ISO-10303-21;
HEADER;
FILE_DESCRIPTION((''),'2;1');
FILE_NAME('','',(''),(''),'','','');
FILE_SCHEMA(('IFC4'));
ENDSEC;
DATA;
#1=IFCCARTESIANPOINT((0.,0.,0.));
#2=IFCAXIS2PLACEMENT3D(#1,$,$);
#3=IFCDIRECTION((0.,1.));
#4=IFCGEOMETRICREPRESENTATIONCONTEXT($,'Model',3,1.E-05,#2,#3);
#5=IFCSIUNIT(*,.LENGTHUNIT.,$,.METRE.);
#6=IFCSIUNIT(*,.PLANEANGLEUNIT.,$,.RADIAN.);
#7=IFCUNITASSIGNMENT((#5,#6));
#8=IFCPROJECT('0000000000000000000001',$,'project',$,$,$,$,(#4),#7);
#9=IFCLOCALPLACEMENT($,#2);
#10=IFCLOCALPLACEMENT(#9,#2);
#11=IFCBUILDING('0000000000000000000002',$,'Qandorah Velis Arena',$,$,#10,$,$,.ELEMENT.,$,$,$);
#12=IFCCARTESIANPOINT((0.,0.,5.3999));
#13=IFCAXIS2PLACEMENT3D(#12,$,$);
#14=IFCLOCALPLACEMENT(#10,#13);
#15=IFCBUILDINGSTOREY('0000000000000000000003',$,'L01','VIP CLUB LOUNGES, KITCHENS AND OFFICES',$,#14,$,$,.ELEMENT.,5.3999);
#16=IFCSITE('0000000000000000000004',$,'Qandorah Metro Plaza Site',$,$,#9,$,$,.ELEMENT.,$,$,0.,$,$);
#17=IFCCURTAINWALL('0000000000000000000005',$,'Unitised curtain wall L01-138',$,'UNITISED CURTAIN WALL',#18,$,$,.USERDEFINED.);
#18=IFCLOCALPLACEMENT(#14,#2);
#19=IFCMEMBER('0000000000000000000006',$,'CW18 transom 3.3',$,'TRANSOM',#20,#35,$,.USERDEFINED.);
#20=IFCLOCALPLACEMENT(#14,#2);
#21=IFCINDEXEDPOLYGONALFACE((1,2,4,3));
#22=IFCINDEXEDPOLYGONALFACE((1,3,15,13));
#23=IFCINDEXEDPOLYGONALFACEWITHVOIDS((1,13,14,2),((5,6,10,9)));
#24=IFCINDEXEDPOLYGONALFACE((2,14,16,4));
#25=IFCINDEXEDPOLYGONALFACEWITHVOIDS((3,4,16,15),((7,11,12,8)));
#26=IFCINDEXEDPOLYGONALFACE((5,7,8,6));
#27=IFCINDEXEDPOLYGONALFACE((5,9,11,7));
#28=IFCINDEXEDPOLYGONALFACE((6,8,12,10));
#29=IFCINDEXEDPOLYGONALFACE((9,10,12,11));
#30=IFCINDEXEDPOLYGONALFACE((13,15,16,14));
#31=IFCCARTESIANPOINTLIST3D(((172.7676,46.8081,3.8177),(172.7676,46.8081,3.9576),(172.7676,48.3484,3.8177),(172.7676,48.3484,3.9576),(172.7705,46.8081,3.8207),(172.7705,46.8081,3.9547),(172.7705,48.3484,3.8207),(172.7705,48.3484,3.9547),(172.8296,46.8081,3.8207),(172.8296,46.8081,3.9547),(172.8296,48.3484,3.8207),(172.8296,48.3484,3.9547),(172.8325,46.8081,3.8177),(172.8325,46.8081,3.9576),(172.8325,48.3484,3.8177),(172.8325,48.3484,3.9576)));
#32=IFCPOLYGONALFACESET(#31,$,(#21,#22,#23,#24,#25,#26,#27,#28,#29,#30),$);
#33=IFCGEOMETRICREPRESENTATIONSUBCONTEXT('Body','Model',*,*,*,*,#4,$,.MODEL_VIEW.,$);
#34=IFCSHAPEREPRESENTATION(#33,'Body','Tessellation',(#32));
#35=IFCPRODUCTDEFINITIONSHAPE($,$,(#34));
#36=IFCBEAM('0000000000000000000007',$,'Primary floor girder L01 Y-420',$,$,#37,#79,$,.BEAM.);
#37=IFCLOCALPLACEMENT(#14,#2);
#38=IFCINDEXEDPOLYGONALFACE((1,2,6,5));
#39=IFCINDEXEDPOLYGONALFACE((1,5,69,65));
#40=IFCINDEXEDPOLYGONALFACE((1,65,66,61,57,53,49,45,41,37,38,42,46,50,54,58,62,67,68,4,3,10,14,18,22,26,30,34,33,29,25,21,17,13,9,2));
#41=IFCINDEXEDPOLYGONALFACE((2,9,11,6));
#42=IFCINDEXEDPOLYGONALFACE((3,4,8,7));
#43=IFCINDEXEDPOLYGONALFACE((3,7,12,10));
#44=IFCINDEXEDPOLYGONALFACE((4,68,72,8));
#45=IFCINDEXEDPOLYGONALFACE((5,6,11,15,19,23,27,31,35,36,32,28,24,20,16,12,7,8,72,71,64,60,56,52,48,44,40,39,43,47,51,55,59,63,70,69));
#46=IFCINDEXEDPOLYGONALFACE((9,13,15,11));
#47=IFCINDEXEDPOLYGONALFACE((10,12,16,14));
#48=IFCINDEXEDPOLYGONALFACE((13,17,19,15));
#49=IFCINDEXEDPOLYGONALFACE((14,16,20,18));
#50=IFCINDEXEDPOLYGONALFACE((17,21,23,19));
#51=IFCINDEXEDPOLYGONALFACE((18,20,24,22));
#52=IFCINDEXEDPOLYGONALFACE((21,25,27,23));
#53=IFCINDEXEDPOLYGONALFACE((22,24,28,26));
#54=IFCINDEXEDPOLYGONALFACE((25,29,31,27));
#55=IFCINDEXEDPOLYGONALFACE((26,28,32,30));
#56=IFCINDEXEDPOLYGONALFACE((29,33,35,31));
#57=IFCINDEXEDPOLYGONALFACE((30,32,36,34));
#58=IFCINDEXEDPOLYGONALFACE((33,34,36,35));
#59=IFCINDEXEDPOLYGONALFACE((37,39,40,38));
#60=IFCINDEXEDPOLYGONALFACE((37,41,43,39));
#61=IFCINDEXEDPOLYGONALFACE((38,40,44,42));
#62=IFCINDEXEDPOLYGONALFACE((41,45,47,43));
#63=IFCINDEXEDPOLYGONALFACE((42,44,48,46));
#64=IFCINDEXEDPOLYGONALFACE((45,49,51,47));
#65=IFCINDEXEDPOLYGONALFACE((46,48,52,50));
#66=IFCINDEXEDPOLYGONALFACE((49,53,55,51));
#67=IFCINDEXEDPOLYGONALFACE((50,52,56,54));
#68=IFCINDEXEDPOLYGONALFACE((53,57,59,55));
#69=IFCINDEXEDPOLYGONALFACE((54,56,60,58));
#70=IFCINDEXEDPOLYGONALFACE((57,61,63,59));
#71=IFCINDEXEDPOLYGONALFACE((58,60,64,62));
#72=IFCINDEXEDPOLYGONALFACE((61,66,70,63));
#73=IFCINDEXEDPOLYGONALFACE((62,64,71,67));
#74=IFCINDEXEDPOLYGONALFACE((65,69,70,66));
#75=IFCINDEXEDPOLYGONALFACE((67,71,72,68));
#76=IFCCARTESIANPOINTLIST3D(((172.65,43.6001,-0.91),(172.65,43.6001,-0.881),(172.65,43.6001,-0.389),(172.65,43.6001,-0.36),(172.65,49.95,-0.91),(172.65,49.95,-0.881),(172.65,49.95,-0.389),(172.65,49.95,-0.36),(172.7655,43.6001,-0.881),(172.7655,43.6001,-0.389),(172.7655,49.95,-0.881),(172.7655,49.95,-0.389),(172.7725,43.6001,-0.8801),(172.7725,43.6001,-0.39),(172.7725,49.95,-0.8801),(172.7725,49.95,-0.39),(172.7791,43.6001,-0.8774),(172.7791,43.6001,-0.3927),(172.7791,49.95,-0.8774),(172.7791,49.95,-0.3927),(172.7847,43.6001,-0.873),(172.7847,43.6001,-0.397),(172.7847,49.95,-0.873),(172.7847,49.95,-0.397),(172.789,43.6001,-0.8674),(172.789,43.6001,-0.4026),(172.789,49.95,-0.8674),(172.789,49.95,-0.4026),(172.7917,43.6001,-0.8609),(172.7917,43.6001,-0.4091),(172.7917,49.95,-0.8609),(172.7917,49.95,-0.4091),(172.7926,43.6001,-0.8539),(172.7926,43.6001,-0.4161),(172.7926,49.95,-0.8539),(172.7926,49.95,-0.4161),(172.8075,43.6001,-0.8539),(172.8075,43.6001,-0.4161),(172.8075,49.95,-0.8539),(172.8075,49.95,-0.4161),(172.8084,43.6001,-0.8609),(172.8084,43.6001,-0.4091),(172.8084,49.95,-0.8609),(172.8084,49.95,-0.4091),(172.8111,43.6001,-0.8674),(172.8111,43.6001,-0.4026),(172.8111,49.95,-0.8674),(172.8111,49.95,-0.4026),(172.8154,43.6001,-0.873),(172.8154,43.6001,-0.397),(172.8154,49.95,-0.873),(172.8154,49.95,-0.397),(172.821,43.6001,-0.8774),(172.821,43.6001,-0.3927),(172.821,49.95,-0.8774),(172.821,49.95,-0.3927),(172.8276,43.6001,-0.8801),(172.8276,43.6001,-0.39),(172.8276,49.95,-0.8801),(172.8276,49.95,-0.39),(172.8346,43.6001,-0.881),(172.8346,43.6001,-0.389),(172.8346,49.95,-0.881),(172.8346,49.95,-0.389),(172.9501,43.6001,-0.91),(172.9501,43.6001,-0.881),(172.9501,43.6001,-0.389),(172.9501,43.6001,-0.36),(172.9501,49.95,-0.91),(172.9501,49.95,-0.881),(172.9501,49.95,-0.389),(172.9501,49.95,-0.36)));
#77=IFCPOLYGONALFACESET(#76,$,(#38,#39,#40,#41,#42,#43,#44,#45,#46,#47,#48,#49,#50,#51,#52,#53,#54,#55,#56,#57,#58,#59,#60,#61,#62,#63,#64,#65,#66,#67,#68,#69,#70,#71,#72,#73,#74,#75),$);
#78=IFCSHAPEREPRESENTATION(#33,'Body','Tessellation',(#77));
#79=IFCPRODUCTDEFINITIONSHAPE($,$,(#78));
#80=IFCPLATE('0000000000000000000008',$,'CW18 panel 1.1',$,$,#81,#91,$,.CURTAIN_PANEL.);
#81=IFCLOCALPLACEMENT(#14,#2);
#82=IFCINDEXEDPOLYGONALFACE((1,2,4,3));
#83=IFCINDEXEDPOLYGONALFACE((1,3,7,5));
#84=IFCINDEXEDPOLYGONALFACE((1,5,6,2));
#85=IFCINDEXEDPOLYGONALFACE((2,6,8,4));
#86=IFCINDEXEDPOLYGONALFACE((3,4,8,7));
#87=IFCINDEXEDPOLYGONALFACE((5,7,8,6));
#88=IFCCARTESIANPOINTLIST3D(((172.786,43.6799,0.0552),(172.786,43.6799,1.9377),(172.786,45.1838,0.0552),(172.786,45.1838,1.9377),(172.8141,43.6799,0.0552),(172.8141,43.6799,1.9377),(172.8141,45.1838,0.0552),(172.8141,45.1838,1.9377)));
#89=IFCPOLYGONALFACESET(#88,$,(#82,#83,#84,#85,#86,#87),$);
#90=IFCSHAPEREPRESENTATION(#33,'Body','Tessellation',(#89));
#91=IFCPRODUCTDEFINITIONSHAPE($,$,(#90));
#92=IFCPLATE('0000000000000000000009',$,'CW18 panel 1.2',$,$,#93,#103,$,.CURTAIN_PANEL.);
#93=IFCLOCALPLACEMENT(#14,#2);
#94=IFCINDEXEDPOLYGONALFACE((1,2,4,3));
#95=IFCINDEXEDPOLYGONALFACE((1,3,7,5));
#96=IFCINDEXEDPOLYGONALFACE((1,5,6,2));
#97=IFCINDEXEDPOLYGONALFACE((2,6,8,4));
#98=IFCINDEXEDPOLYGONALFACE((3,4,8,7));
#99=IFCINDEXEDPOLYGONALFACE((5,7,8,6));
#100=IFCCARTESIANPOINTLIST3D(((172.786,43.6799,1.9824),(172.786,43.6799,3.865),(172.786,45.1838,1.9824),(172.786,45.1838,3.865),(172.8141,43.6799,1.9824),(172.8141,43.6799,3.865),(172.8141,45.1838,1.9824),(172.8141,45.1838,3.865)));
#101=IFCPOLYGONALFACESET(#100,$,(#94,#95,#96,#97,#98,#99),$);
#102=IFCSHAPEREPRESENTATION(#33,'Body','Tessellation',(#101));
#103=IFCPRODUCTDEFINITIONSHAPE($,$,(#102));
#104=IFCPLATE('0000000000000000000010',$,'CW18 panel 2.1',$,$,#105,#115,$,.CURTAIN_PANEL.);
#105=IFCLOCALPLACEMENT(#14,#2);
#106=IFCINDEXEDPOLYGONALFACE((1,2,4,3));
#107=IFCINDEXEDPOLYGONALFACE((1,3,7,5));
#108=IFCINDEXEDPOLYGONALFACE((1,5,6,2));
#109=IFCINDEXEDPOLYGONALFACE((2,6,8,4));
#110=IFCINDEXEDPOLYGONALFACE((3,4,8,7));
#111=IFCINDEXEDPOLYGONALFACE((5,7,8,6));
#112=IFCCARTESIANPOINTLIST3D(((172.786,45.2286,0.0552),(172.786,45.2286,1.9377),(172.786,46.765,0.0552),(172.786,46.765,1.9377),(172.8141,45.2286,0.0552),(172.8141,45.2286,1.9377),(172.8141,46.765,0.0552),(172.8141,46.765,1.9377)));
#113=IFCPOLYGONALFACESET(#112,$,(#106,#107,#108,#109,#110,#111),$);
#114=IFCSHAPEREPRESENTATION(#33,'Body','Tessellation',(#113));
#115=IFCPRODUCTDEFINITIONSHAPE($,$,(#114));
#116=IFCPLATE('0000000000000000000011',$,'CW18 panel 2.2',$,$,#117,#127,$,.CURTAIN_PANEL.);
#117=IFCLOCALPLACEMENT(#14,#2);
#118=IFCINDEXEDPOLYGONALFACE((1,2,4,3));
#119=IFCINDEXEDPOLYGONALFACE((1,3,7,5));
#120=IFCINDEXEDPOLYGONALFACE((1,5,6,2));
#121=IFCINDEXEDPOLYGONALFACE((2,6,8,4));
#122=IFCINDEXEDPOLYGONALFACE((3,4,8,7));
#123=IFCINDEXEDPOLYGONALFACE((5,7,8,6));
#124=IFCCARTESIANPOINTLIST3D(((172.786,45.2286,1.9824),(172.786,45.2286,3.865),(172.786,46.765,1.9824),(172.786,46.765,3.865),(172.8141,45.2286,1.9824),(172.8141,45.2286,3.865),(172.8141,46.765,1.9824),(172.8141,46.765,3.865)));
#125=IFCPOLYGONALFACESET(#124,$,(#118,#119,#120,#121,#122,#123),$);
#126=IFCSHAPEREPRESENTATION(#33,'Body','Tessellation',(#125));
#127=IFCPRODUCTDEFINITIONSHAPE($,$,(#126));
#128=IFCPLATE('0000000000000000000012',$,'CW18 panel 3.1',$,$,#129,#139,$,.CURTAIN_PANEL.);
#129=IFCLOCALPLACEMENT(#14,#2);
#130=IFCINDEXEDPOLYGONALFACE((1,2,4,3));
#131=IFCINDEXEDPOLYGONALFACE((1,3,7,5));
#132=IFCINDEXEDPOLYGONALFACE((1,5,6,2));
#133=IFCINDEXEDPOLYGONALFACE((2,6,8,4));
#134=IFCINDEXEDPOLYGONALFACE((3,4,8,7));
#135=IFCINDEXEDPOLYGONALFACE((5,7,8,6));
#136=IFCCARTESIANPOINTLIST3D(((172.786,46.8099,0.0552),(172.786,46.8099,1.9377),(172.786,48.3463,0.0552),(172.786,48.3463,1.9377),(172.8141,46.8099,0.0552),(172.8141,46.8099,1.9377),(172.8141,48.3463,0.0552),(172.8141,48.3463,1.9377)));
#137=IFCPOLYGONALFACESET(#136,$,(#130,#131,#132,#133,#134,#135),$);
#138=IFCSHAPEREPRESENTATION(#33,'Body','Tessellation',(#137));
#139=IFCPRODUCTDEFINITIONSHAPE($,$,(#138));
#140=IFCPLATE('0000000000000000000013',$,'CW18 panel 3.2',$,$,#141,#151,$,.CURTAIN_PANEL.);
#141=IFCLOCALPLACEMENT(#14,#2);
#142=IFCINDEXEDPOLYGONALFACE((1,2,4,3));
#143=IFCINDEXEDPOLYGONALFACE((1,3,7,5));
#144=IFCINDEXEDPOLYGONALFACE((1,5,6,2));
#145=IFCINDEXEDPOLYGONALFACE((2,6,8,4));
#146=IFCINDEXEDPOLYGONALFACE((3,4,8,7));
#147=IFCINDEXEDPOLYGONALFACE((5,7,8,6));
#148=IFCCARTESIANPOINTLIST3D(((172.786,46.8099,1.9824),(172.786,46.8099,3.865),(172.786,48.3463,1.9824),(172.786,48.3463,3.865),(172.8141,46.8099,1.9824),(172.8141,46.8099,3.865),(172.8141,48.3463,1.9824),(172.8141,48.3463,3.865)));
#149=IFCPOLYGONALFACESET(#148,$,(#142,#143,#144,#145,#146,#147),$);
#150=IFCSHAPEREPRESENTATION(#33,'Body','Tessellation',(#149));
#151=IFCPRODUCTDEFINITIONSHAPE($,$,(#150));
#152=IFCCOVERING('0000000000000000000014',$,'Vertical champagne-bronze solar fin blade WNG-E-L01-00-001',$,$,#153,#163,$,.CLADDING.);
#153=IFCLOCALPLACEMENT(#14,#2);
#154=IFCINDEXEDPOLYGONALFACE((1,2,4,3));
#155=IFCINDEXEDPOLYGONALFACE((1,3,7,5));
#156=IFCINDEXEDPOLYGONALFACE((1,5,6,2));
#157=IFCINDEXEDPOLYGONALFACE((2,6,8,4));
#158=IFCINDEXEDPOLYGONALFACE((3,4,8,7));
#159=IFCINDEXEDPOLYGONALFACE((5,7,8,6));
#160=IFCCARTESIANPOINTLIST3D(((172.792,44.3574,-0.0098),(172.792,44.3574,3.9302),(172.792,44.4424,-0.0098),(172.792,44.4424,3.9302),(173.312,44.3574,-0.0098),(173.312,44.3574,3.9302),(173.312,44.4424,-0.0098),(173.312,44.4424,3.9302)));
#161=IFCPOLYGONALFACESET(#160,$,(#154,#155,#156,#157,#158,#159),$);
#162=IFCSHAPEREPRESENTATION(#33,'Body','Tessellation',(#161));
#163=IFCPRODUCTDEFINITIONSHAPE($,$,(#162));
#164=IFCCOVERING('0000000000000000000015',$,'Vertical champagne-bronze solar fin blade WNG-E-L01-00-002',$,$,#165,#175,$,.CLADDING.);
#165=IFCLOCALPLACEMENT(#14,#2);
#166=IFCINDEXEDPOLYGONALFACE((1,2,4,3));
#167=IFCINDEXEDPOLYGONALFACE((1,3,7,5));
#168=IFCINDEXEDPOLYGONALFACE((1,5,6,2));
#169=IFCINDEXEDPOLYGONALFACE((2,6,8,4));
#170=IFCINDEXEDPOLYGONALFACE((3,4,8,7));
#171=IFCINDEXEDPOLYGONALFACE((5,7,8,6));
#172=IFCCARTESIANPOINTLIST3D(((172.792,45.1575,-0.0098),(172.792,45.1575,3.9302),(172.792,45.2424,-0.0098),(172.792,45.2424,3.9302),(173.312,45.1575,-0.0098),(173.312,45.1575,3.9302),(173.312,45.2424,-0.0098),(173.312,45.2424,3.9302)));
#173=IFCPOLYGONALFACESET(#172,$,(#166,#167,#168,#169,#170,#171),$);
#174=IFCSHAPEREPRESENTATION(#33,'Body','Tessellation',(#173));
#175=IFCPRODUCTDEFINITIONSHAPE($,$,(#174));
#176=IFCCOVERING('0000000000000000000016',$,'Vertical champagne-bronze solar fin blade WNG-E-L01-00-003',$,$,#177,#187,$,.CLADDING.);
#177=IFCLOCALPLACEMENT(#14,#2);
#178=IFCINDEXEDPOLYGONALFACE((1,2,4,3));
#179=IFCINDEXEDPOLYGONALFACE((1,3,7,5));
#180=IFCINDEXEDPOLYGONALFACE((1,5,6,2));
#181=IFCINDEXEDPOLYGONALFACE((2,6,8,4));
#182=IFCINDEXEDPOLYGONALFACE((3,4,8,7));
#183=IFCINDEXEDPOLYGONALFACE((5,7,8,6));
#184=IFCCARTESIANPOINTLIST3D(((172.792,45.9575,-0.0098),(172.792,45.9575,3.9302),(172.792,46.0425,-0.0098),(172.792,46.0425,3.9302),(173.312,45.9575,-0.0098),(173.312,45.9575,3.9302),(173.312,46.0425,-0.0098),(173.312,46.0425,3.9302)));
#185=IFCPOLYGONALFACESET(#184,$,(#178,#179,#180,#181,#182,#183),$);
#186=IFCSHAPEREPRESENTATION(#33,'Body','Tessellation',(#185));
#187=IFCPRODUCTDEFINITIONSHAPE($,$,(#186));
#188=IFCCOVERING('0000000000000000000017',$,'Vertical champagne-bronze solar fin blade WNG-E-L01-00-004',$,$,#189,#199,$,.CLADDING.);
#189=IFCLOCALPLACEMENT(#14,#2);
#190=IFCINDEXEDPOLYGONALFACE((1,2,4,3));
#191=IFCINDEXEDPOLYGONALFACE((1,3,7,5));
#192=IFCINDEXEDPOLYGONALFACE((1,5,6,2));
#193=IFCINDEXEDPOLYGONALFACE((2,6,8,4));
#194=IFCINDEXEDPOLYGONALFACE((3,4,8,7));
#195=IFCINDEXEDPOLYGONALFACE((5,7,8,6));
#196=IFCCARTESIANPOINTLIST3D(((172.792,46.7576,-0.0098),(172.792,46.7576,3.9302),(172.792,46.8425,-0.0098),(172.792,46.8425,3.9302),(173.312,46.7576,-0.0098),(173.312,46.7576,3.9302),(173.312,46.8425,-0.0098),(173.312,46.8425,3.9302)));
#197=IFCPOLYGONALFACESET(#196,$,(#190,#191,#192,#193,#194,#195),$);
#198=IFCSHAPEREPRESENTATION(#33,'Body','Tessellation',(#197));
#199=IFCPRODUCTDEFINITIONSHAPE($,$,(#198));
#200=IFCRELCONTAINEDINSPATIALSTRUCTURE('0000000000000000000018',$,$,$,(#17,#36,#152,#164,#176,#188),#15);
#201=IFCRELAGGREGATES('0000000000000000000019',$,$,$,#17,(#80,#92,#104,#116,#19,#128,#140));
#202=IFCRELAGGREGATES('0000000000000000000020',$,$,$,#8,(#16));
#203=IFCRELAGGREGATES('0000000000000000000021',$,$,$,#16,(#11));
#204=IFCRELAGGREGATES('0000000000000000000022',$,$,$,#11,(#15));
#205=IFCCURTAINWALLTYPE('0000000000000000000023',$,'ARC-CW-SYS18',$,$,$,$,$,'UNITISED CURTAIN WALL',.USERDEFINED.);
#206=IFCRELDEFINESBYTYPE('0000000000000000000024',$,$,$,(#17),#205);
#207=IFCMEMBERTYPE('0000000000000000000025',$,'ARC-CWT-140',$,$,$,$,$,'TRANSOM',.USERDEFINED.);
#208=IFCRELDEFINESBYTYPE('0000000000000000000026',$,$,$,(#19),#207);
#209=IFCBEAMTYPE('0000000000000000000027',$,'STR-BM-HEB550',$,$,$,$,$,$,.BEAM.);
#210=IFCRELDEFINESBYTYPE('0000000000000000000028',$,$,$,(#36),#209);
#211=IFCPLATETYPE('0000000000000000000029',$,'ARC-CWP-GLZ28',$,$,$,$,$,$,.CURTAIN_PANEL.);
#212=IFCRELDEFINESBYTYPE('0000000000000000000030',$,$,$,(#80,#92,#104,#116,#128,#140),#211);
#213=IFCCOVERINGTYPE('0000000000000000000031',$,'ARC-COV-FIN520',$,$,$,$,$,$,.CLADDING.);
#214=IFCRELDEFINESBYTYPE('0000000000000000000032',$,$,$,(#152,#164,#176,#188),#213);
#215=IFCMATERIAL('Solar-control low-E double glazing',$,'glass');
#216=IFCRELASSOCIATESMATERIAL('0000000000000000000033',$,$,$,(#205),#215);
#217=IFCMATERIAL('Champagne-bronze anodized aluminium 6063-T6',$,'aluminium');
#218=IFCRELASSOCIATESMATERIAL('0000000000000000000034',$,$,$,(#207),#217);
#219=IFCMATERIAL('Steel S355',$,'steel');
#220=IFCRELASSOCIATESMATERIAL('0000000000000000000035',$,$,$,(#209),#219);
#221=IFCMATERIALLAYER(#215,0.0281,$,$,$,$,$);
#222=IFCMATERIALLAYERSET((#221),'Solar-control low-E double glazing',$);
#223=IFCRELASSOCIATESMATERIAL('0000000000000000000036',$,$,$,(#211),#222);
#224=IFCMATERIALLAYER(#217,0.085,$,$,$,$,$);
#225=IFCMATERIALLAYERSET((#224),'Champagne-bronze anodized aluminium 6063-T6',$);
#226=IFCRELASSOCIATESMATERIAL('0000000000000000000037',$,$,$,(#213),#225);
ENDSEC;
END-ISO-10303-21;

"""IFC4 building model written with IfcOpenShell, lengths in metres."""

from ifc_helpers import new_model, si_unit, direction, frame, origin, origin_2d, place, context, subcontext, project, spatial, rectangle, hollow_rectangle, i_section, extrude, material, layer, layer_set, material_profile, profile_set, type_object, element, aggregate, save


model = new_model("IFC4")

# Units and contexts
model_context = context("Model", 3, precision=1e-05, world=origin(), true_north=direction((0.0, 1.0)))
body_context = subcontext(model_context, "Body", "Model", "MODEL_VIEW")
ifc_project = project(units=[si_unit("LENGTHUNIT", "METRE"), si_unit("PLANEANGLEUNIT", "RADIAN")], contexts=[model_context])

# Site, building, storey
site_placement = place(None, origin())
site = spatial("IfcSite", under=ifc_project, at=site_placement, Name="Qandorah Metro Plaza Site", CompositionType="ELEMENT", RefElevation=0.0)
building_placement = place(site_placement, origin())
building = spatial("IfcBuilding", under=site, at=building_placement, Name="Qandorah Velis Arena", CompositionType="ELEMENT")
storey_placement = place(building_placement, frame((0.0, 0.0, 5.3999)))
storey = spatial("IfcBuildingStorey", under=building, at=storey_placement, Name="L01", Description="VIP CLUB LOUNGES, KITCHENS AND OFFICES", CompositionType="ELEMENT", Elevation=5.3999)

# Curtain wall, member
ifc_material_1 = material(Name="Solar-control low-E double glazing", Category="glass")
curtain_wall_type = type_object("IfcCurtainWallType", Name="ARC-CW-SYS18", ElementType="UNITISED CURTAIN WALL", PredefinedType="USERDEFINED", material=ifc_material_1)
curtain_wall_placement = place(storey_placement, origin())
curtain_wall = element("IfcCurtainWall", 1, at=curtain_wall_placement, inside=storey, type_object=curtain_wall_type, Name="Unitised curtain wall L01-138", ObjectType="UNITISED CURTAIN WALL", PredefinedType="USERDEFINED")
ifc_material_2 = material(Name="Champagne-bronze anodized aluminium 6063-T6", Category="aluminium")
ifc_material_profile_1 = material_profile(ifc_material_2, hollow_rectangle(XDim=0.0649, YDim=0.1399, WallThickness=0.0029, at=origin_2d()), Name="ALU TRANSOM 65x140")
ifc_profile_set_1 = profile_set([ifc_material_profile_1], Name="Champagne-bronze anodized aluminium 6063-T6")
member_type_1 = type_object("IfcMemberType", Name="ARC-CWT-140", ElementType="TRANSOM", PredefinedType="USERDEFINED", material=ifc_profile_set_1)
member_1_placement = place(storey_placement, frame((172.8, 46.8081, 3.8877), z_axis=(0.0, 1.0, 0.0), x_axis=(-1.0, 0.0, 0.0)))
member_1 = element("IfcMember", 2, at=member_1_placement, type_object=member_type_1, Name="CW18 transom 3.3", ObjectType="TRANSOM", PredefinedType="USERDEFINED", context=body_context, shape_type="SweptSolid", body=[
    extrude(hollow_rectangle(XDim=0.0649, YDim=0.1399, WallThickness=0.0029, at=origin_2d()), origin(), (0.0, 0.0, 1.0), 1.5403),
])

# Beam
ifc_material_3 = material(Name="Steel S355", Category="steel")
ifc_material_profile_2 = material_profile(ifc_material_3, i_section(OverallWidth=0.3, OverallDepth=0.55, WebThickness=0.0149, FlangeThickness=0.0291, FilletRadius=0.0271, at=origin_2d()), Name="HEB 550")
ifc_profile_set_2 = profile_set([ifc_material_profile_2], Name="Steel S355")
beam_type = type_object("IfcBeamType", Name="STR-BM-HEB550", PredefinedType="BEAM", material=ifc_profile_set_2)
beam_placement = place(storey_placement, frame((172.8, 43.6001, -0.635), z_axis=(0.0, 1.0, 0.0), x_axis=(-1.0, 0.0, 0.0)))
element("IfcBeam", 3, at=beam_placement, inside=storey, type_object=beam_type, Name="Primary floor girder L01 Y-420", PredefinedType="BEAM", context=body_context, shape_type="SweptSolid", body=[
    extrude(i_section(OverallWidth=0.3, OverallDepth=0.55, WebThickness=0.0149, FlangeThickness=0.0291, FilletRadius=0.0271, at=origin_2d()), origin(), (0.0, 0.0, 1.0), 6.3499),
])

# Plates
ifc_layer_1 = layer(ifc_material_1, 0.0281)
ifc_layer_set_1 = layer_set([ifc_layer_1], Name="Solar-control low-E double glazing")
plate_type = type_object("IfcPlateType", Name="ARC-CWP-GLZ28", PredefinedType="CURTAIN_PANEL", material=ifc_layer_set_1)
plate_1_placement = place(storey_placement, frame((172.8, 44.4319, 0.0552), z_axis=(0.0, 0.0, 1.0), x_axis=(0.0, 1.0, 0.0)))
plate_1 = element("IfcPlate", 4, at=plate_1_placement, type_object=plate_type, Name="CW18 panel 1.1", PredefinedType="CURTAIN_PANEL", context=body_context, shape_type="SweptSolid", body=[
    extrude(rectangle(XDim=1.5039, YDim=0.0281, at=origin_2d()), origin(), (0.0, 0.0, 1.0), 1.8826),
])
plate_2_placement = place(storey_placement, frame((172.8, 44.4319, 1.9824), z_axis=(0.0, 0.0, 1.0), x_axis=(0.0, 1.0, 0.0)))
plate_2 = element("IfcPlate", 5, at=plate_2_placement, type_object=plate_type, Name="CW18 panel 1.2", PredefinedType="CURTAIN_PANEL", context=body_context, shape_type="SweptSolid", body=[
    extrude(rectangle(XDim=1.5039, YDim=0.0281, at=origin_2d()), origin(), (0.0, 0.0, 1.0), 1.8826),
])
plate_3_placement = place(storey_placement, frame((172.8, 45.9968, 0.0552), z_axis=(0.0, 0.0, 1.0), x_axis=(0.0, 1.0, 0.0)))
plate_3 = element("IfcPlate", 6, at=plate_3_placement, type_object=plate_type, Name="CW18 panel 2.1", PredefinedType="CURTAIN_PANEL", context=body_context, shape_type="SweptSolid", body=[
    extrude(rectangle(XDim=1.5364, YDim=0.0281, at=origin_2d()), origin(), (0.0, 0.0, 1.0), 1.8826),
])
plate_4_placement = place(storey_placement, frame((172.8, 45.9968, 1.9824), z_axis=(0.0, 0.0, 1.0), x_axis=(0.0, 1.0, 0.0)))
plate_4 = element("IfcPlate", 7, at=plate_4_placement, type_object=plate_type, Name="CW18 panel 2.2", PredefinedType="CURTAIN_PANEL", context=body_context, shape_type="SweptSolid", body=[
    extrude(rectangle(XDim=1.5364, YDim=0.0281, at=origin_2d()), origin(), (0.0, 0.0, 1.0), 1.8826),
])
plate_5_placement = place(storey_placement, frame((172.8, 47.5781, 0.0552), z_axis=(0.0, 0.0, 1.0), x_axis=(0.0, 1.0, 0.0)))
plate_5 = element("IfcPlate", 8, at=plate_5_placement, type_object=plate_type, Name="CW18 panel 3.1", PredefinedType="CURTAIN_PANEL", context=body_context, shape_type="SweptSolid", body=[
    extrude(rectangle(XDim=1.5364, YDim=0.0281, at=origin_2d()), origin(), (0.0, 0.0, 1.0), 1.8826),
])
plate_6_placement = place(storey_placement, frame((172.8, 47.5781, 1.9824), z_axis=(0.0, 0.0, 1.0), x_axis=(0.0, 1.0, 0.0)))
plate_6 = element("IfcPlate", 9, at=plate_6_placement, type_object=plate_type, Name="CW18 panel 3.2", PredefinedType="CURTAIN_PANEL", context=body_context, shape_type="SweptSolid", body=[
    extrude(rectangle(XDim=1.5364, YDim=0.0281, at=origin_2d()), origin(), (0.0, 0.0, 1.0), 1.8826),
])
aggregate(curtain_wall, [plate_1, plate_2, plate_3, plate_4, member_1, plate_5, plate_6])

# Coverings
ifc_layer_2 = layer(ifc_material_2, 0.085)
ifc_layer_set_2 = layer_set([ifc_layer_2], Name="Champagne-bronze anodized aluminium 6063-T6")
covering_type = type_object("IfcCoveringType", Name="ARC-COV-FIN520", PredefinedType="CLADDING", material=ifc_layer_set_2)
for number, where, z_axis, x_axis, name in (
    (10, (173.052, 44.3999, -0.0098), (0.0, 0.0, 1.0), (1.0, 0.0, 0.0), "Vertical champagne-bronze solar fin blade WNG-E-L01-00-001"),
    (11, (173.052, 45.2, -0.0098), (0.0, 0.0, 1.0), (1.0, 0.0, 0.0), "Vertical champagne-bronze solar fin blade WNG-E-L01-00-002"),
    (12, (173.052, 46.0, -0.0098), (0.0, 0.0, 1.0), (1.0, 0.0, 0.0), "Vertical champagne-bronze solar fin blade WNG-E-L01-00-003"),
    (13, (173.052, 46.8, -0.0098), (0.0, 0.0, 1.0), (1.0, 0.0, 0.0), "Vertical champagne-bronze solar fin blade WNG-E-L01-00-004"),
):
    element("IfcCovering", number, at=place(storey_placement, frame(where, z_axis=z_axis, x_axis=x_axis)), inside=storey, type_object=covering_type, Name=name, PredefinedType="CLADDING", context=body_context, shape_type="SweptSolid", body=[
        extrude(rectangle(XDim=0.52, YDim=0.085, at=origin_2d()), origin(), (0.0, 0.0, 1.0), 3.9399),
    ])

save(model, "model.ifc")
